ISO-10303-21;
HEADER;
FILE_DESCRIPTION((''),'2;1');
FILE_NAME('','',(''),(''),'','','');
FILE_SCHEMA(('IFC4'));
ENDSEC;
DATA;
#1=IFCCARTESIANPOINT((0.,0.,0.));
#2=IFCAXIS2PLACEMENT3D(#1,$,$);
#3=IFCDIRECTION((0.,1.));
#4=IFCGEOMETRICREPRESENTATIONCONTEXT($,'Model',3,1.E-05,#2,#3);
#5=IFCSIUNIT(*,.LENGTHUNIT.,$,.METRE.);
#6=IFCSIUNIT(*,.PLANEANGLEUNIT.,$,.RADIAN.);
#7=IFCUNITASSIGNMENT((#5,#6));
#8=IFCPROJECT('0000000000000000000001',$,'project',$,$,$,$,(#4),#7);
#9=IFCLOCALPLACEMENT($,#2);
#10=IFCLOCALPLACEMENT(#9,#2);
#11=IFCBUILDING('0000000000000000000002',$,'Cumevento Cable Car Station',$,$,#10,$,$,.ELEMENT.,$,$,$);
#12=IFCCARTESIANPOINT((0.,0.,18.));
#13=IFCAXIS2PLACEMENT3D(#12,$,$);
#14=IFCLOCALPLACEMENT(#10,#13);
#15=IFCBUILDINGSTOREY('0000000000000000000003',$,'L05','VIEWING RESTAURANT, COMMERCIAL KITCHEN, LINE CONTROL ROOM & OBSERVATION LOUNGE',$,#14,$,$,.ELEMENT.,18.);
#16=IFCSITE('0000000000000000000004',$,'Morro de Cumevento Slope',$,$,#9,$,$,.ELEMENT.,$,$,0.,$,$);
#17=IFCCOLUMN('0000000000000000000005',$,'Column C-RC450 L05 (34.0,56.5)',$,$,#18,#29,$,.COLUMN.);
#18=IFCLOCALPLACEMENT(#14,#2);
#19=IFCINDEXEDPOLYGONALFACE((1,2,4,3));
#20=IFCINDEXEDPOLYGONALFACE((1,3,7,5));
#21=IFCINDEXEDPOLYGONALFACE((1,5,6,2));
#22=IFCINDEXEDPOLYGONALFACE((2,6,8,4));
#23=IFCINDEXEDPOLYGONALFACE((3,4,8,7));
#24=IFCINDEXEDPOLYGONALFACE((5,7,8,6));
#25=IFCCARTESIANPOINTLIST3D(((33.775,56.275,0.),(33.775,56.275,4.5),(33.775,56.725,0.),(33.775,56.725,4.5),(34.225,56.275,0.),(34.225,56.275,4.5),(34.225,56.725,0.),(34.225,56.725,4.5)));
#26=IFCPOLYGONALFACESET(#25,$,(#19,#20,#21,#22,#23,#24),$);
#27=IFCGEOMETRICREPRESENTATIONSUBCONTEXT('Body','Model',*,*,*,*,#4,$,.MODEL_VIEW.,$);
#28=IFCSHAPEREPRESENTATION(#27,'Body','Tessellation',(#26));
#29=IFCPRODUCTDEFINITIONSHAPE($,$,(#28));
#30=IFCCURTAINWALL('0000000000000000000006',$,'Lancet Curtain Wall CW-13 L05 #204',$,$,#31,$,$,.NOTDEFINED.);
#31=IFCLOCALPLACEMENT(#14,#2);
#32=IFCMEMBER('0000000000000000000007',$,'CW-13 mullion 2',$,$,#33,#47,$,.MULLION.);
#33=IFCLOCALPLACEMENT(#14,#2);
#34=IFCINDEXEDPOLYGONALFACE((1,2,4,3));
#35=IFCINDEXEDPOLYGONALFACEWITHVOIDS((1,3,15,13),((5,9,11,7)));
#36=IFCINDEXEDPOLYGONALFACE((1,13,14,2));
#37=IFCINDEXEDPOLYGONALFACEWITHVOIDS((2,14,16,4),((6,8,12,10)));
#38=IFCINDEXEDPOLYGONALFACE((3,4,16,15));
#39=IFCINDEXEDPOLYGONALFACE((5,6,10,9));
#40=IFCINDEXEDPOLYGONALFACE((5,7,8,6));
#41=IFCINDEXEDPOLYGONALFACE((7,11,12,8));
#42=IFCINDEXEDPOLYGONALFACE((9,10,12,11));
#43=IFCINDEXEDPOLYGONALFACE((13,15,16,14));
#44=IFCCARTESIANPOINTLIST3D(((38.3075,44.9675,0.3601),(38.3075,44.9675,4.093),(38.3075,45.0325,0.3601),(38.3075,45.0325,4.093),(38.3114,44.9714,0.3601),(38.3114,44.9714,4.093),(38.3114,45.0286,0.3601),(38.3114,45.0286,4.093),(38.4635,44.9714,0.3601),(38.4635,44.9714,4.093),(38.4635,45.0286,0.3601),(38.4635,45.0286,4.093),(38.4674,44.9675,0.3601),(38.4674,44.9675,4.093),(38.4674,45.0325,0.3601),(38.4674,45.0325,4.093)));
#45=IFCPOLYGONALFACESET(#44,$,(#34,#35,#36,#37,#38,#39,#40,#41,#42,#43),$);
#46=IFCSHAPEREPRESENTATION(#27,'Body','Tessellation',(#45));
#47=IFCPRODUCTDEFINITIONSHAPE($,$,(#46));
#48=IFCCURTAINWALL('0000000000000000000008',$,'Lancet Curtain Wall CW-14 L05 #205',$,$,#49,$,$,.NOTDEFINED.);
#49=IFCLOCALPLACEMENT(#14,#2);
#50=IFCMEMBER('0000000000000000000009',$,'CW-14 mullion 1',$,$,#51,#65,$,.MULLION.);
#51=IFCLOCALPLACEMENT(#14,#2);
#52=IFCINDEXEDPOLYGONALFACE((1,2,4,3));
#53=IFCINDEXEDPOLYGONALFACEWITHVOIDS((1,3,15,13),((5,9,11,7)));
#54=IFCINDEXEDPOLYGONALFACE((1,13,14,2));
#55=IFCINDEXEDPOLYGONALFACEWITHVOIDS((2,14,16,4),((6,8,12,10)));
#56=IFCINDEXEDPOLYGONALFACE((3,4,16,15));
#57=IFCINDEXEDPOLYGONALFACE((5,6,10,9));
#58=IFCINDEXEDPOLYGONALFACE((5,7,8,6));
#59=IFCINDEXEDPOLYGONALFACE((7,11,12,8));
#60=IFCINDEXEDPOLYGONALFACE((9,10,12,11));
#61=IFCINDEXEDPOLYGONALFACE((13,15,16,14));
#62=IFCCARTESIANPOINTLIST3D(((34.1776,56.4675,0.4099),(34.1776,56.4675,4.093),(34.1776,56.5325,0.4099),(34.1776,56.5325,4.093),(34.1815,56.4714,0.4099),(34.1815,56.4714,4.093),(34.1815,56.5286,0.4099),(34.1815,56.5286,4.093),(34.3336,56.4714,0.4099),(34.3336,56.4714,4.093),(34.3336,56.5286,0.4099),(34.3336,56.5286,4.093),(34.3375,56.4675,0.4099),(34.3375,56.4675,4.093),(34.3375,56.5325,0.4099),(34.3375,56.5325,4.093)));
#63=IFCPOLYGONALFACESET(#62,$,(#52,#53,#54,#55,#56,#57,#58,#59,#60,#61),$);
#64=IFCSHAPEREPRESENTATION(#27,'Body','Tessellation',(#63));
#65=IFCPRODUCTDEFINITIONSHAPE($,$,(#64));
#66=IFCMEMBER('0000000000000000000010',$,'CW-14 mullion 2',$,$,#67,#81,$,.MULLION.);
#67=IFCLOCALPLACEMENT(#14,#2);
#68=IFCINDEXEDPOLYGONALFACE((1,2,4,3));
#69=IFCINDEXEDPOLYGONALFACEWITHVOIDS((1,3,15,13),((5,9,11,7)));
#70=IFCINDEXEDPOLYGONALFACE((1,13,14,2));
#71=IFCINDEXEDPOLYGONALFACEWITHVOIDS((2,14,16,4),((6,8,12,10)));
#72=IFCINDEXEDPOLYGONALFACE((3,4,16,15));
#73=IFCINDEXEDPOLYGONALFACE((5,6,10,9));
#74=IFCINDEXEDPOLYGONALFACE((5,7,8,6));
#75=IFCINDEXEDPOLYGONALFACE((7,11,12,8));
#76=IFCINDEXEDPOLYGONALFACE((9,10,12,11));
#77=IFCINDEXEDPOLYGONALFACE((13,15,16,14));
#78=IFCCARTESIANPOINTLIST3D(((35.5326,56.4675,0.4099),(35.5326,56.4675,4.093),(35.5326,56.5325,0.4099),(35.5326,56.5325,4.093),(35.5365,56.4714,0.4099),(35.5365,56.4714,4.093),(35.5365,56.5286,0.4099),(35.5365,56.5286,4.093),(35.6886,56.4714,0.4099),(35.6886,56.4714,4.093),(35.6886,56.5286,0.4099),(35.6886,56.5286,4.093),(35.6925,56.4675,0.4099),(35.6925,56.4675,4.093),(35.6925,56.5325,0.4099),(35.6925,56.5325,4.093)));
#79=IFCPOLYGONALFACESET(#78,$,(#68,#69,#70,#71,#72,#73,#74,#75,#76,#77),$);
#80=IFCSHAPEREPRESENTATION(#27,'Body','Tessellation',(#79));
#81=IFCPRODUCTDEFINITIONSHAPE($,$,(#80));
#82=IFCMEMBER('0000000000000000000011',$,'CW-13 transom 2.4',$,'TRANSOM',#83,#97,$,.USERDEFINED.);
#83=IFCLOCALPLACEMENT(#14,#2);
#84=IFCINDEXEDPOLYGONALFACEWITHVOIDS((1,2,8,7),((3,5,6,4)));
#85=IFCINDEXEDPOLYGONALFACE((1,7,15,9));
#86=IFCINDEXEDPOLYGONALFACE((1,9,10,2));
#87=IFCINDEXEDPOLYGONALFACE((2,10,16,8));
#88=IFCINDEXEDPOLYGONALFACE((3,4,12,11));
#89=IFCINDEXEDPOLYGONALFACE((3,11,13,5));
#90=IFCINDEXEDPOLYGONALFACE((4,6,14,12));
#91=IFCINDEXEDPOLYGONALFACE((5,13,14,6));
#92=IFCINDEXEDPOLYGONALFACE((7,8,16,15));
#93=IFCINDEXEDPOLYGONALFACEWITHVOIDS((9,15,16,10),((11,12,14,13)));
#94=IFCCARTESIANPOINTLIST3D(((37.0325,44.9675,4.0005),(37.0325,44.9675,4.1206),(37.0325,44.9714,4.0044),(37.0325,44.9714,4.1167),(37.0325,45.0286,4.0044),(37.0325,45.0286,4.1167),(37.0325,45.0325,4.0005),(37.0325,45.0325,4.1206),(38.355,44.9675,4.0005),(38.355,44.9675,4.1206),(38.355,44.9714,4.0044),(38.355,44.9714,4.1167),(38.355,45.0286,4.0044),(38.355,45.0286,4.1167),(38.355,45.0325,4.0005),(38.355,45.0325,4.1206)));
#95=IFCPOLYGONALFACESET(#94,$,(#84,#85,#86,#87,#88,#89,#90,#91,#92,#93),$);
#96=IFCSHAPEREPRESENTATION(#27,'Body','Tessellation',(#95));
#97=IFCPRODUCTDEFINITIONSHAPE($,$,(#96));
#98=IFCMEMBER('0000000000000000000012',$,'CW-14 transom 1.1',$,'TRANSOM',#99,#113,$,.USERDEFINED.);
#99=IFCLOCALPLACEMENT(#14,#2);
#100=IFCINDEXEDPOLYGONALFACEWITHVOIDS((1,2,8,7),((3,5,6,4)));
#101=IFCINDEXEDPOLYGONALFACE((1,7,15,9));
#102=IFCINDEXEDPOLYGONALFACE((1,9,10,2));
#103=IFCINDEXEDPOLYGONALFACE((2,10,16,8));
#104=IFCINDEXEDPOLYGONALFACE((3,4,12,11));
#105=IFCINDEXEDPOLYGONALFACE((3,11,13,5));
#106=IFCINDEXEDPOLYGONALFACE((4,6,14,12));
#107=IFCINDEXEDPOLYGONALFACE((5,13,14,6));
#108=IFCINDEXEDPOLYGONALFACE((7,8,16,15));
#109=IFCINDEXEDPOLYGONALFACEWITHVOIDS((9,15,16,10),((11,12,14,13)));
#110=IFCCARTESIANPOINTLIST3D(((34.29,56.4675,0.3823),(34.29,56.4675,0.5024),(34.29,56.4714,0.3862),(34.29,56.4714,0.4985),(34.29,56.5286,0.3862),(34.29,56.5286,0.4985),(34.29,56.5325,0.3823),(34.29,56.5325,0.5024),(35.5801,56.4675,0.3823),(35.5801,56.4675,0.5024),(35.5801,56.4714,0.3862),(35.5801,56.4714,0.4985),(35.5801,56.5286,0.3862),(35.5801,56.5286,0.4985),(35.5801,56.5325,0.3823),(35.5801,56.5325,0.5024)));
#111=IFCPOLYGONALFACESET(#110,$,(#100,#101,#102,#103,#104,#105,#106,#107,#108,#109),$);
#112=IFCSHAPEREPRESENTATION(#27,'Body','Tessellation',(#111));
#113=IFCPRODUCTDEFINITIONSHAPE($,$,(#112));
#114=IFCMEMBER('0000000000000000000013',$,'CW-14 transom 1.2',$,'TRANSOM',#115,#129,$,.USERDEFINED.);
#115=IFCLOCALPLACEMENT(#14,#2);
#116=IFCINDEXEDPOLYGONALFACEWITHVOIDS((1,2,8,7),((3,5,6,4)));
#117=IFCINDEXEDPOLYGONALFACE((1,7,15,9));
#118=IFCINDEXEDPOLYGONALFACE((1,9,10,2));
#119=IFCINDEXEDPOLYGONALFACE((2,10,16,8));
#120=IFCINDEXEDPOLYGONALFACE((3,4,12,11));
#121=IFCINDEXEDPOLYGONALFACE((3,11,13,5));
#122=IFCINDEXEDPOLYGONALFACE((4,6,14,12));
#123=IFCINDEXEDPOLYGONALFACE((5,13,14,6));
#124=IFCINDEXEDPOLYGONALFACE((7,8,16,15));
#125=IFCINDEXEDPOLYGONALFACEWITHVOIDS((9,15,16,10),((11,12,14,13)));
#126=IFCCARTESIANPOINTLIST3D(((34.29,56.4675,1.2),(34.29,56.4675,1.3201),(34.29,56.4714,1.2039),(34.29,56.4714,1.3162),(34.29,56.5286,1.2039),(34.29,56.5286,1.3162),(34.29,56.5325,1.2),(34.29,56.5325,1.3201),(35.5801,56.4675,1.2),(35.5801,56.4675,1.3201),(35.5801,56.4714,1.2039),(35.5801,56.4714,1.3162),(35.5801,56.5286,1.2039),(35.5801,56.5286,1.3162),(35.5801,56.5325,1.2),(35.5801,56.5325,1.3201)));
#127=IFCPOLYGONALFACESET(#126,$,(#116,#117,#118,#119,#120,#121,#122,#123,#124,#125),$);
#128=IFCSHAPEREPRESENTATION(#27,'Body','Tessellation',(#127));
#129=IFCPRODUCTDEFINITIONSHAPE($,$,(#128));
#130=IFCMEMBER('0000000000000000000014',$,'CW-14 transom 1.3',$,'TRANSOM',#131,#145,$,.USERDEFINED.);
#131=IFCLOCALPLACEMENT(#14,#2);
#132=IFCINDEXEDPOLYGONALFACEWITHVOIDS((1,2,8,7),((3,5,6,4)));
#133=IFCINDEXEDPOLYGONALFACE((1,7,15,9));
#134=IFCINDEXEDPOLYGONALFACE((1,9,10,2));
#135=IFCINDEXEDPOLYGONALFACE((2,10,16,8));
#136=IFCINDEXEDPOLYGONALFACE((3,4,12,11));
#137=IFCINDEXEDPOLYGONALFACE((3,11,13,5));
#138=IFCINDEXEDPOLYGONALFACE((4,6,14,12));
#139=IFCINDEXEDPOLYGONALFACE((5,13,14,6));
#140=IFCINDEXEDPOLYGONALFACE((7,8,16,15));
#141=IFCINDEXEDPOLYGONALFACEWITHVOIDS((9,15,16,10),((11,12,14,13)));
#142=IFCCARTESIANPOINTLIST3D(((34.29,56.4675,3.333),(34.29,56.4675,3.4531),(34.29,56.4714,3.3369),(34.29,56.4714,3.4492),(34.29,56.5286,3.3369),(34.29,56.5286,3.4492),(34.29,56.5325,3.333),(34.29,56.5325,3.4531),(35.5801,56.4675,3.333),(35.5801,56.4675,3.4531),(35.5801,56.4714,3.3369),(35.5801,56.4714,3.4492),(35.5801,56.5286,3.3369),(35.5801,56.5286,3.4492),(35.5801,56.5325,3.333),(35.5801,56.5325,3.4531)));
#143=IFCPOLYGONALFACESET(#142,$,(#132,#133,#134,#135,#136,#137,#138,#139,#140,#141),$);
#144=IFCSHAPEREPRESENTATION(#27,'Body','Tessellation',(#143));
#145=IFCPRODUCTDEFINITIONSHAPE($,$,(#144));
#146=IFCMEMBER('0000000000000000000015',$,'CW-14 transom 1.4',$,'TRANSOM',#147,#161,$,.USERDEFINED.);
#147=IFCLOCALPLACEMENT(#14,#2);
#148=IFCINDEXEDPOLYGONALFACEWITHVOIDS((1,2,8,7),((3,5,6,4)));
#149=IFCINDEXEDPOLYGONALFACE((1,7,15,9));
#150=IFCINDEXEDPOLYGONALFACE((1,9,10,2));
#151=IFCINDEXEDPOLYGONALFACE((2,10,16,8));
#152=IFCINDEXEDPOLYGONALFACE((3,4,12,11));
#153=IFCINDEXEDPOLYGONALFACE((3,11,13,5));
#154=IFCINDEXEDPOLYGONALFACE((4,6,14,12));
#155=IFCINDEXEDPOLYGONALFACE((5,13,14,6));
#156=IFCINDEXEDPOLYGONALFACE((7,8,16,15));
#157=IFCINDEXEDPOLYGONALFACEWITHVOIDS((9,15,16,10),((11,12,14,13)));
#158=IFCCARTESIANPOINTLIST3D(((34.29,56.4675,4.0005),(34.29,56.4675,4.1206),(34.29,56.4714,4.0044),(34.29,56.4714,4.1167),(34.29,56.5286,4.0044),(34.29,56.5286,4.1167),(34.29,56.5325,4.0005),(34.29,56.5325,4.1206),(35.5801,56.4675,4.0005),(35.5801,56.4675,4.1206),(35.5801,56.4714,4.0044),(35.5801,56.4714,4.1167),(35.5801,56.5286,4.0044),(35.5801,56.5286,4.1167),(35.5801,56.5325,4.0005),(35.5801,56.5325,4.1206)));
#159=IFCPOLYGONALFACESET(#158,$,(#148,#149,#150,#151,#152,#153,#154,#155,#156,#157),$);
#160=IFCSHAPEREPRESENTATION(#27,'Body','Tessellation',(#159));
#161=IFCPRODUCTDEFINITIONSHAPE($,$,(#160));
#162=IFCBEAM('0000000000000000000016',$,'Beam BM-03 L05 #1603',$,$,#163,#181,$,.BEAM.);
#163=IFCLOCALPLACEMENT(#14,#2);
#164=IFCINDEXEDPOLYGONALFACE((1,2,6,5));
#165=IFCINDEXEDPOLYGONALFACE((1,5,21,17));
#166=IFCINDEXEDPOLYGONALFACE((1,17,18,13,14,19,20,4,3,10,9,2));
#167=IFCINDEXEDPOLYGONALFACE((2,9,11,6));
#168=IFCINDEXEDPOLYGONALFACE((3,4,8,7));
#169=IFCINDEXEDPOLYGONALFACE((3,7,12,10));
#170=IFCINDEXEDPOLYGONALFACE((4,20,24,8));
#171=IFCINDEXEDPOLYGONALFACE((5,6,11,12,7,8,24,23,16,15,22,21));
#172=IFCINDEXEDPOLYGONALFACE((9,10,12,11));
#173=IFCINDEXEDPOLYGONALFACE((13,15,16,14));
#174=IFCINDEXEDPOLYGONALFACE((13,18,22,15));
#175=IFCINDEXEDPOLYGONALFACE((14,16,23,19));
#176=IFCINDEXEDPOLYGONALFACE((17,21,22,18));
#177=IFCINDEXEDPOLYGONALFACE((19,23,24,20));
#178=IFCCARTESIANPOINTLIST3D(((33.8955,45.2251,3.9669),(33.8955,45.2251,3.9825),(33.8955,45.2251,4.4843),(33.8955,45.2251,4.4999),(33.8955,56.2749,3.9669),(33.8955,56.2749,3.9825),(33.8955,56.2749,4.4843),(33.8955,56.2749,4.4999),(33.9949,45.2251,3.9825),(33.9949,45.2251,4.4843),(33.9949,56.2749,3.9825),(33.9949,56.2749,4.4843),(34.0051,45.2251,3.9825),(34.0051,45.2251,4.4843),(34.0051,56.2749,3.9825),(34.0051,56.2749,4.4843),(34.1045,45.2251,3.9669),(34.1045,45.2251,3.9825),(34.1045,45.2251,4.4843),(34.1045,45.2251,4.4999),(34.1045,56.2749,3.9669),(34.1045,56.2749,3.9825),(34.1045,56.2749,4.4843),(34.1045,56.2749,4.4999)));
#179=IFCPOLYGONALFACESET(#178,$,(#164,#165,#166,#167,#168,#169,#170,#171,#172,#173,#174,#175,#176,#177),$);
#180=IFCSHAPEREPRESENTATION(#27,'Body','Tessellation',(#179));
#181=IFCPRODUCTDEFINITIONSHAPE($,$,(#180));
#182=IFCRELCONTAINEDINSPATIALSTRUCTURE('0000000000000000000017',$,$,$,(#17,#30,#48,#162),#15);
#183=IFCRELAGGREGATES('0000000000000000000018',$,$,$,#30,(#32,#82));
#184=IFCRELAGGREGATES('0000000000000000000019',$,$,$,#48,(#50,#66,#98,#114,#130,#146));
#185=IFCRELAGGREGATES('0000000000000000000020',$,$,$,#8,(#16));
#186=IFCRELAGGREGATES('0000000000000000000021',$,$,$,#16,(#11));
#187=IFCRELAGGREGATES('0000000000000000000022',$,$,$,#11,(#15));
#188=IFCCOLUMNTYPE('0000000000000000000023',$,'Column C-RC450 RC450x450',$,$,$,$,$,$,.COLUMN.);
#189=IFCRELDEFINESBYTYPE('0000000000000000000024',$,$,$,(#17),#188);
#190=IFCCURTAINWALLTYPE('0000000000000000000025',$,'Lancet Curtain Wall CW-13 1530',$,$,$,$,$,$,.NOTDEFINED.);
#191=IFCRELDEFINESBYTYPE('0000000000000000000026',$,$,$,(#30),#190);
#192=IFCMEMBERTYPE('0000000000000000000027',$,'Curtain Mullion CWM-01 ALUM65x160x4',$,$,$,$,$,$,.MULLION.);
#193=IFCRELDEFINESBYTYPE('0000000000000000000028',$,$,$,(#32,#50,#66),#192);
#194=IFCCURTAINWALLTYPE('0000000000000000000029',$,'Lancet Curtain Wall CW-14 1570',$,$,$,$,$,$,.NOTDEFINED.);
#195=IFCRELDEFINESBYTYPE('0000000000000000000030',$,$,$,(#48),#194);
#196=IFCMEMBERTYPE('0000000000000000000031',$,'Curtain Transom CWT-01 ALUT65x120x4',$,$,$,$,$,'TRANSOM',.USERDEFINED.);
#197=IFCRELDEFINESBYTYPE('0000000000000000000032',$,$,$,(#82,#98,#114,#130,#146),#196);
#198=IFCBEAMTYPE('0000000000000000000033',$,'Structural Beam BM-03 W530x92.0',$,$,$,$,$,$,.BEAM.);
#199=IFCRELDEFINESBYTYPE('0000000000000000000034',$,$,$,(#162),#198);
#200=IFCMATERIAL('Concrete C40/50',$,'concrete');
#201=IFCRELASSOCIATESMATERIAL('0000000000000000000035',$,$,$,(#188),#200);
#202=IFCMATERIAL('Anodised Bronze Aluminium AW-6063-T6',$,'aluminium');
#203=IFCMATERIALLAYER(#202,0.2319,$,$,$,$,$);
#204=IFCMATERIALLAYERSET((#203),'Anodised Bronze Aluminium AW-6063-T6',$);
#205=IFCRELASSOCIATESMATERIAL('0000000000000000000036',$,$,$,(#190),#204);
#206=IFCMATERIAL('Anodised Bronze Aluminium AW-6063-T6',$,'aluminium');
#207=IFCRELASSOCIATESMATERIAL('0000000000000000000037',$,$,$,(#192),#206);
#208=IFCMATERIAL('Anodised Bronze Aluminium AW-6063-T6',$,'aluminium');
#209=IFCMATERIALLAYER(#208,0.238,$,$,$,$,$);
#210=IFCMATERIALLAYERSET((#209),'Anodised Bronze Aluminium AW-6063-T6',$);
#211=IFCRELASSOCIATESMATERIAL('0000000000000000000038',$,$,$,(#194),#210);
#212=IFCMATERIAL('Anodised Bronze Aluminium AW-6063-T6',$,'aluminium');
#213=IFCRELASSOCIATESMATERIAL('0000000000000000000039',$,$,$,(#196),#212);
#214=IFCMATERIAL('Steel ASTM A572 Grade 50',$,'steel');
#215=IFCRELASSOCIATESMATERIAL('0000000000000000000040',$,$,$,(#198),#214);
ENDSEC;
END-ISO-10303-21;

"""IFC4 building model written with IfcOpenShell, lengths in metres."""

from ifc_helpers import new_model, si_unit, direction, frame, origin, origin_2d, place, context, subcontext, project, spatial, rectangle, hollow_rectangle, i_section, extrude, material, layer, layer_set, material_profile, profile_set, type_object, element, aggregate, save


model = new_model("IFC4")

# Units and contexts
model_context = context("Model", 3, precision=1e-05, world=origin(), true_north=direction((0.0, 1.0)))
body_context = subcontext(model_context, "Body", "Model", "MODEL_VIEW")
ifc_project = project(units=[si_unit("LENGTHUNIT", "METRE"), si_unit("PLANEANGLEUNIT", "RADIAN")], contexts=[model_context])

# Site, building, storey
site_placement = place(None, origin())
site = spatial("IfcSite", under=ifc_project, at=site_placement, Name="Morro de Cumevento Slope", CompositionType="ELEMENT", RefElevation=0.0)
building_placement = place(site_placement, origin())
building = spatial("IfcBuilding", under=site, at=building_placement, Name="Cumevento Cable Car Station", CompositionType="ELEMENT")
storey_placement = place(building_placement, frame((0.0, 0.0, 18.0)))
storey = spatial("IfcBuildingStorey", under=building, at=storey_placement, Name="L05", Description="VIEWING RESTAURANT, COMMERCIAL KITCHEN, LINE CONTROL ROOM & OBSERVATION LOUNGE", CompositionType="ELEMENT", Elevation=18.0)

# Column
ifc_material_1 = material(Name="Concrete C40/50", Category="concrete")
ifc_material_profile_1 = material_profile(ifc_material_1, rectangle(XDim=0.45, YDim=0.45, at=origin_2d()), Name="RC450x450")
ifc_profile_set_1 = profile_set([ifc_material_profile_1], Name="Concrete C40/50")
column_type = type_object("IfcColumnType", Name="Column C-RC450 RC450x450", PredefinedType="COLUMN", material=ifc_profile_set_1)
column_placement = place(storey_placement, frame((34.0, 56.5, 0.0), z_axis=(0.0, 0.0, 1.0), x_axis=(1.0, 0.0, 0.0)))
element("IfcColumn", 1, at=column_placement, inside=storey, type_object=column_type, Name="Column C-RC450 L05 (34.0,56.5)", PredefinedType="COLUMN", context=body_context, shape_type="SweptSolid", body=[
    extrude(rectangle(XDim=0.45, YDim=0.45, at=origin_2d()), origin(), (0.0, 0.0, 1.0), 4.5),
])

# Curtain wall, member
ifc_material_2 = material(Name="Anodised Bronze Aluminium AW-6063-T6", Category="aluminium")
ifc_layer_1 = layer(ifc_material_2, 0.2319)
ifc_layer_set_1 = layer_set([ifc_layer_1], Name="Anodised Bronze Aluminium AW-6063-T6")
curtain_wall_type_1 = type_object("IfcCurtainWallType", Name="Lancet Curtain Wall CW-13 1530", PredefinedType="NOTDEFINED", material=ifc_layer_set_1)
curtain_wall_1_placement = place(storey_placement, origin())
curtain_wall_1 = element("IfcCurtainWall", 2, at=curtain_wall_1_placement, inside=storey, type_object=curtain_wall_type_1, Name="Lancet Curtain Wall CW-13 L05 #204", PredefinedType="NOTDEFINED")
ifc_material_3 = material(Name="Anodised Bronze Aluminium AW-6063-T6", Category="aluminium")
ifc_material_profile_2 = material_profile(ifc_material_3, hollow_rectangle(XDim=0.0649, YDim=0.1599, WallThickness=0.0039, at=origin_2d()), Name="ALUM65x160x4")
ifc_profile_set_2 = profile_set([ifc_material_profile_2], Name="Anodised Bronze Aluminium AW-6063-T6")
member_type_1 = type_object("IfcMemberType", Name="Curtain Mullion CWM-01 ALUM65x160x4", PredefinedType="MULLION", material=ifc_profile_set_2)
member_1_placement = place(storey_placement, frame((38.3875, 45.0, 0.3601), z_axis=(0.0, 0.0, 1.0), x_axis=(0.0, -1.0, 0.0)))
member_1 = element("IfcMember", 3, at=member_1_placement, type_object=member_type_1, Name="CW-13 mullion 2", PredefinedType="MULLION", context=body_context, shape_type="SweptSolid", body=[
    extrude(hollow_rectangle(XDim=0.0649, YDim=0.1599, WallThickness=0.0039, at=origin_2d()), origin(), (0.0, 0.0, 1.0), 3.7329),
])

# Curtain wall, members
ifc_material_4 = material(Name="Anodised Bronze Aluminium AW-6063-T6", Category="aluminium")
ifc_layer_2 = layer(ifc_material_4, 0.238)
ifc_layer_set_2 = layer_set([ifc_layer_2], Name="Anodised Bronze Aluminium AW-6063-T6")
curtain_wall_type_2 = type_object("IfcCurtainWallType", Name="Lancet Curtain Wall CW-14 1570", PredefinedType="NOTDEFINED", material=ifc_layer_set_2)
curtain_wall_2_placement = place(storey_placement, origin())
curtain_wall_2 = element("IfcCurtainWall", 4, at=curtain_wall_2_placement, inside=storey, type_object=curtain_wall_type_2, Name="Lancet Curtain Wall CW-14 L05 #205", PredefinedType="NOTDEFINED")
member_2_placement = place(storey_placement, frame((34.2576, 56.5, 0.4099), z_axis=(0.0, 0.0, 1.0), x_axis=(0.0, 1.0, 0.0)))
member_2 = element("IfcMember", 5, at=member_2_placement, type_object=member_type_1, Name="CW-14 mullion 1", PredefinedType="MULLION", context=body_context, shape_type="SweptSolid", body=[
    extrude(hollow_rectangle(XDim=0.0649, YDim=0.1599, WallThickness=0.0039, at=origin_2d()), origin(), (0.0, 0.0, 1.0), 3.6831),
])
member_3_placement = place(storey_placement, frame((35.6125, 56.5, 0.4099), z_axis=(0.0, 0.0, 1.0), x_axis=(0.0, 1.0, 0.0)))
member_3 = element("IfcMember", 6, at=member_3_placement, type_object=member_type_1, Name="CW-14 mullion 2", PredefinedType="MULLION", context=body_context, shape_type="SweptSolid", body=[
    extrude(hollow_rectangle(XDim=0.0649, YDim=0.1599, WallThickness=0.0039, at=origin_2d()), origin(), (0.0, 0.0, 1.0), 3.6831),
])

# Members
ifc_material_5 = material(Name="Anodised Bronze Aluminium AW-6063-T6", Category="aluminium")
ifc_material_profile_3 = material_profile(ifc_material_5, hollow_rectangle(XDim=0.0649, YDim=0.1201, WallThickness=0.0039, at=origin_2d()), Name="ALUT65x120x4")
ifc_profile_set_3 = profile_set([ifc_material_profile_3], Name="Anodised Bronze Aluminium AW-6063-T6")
member_type_2 = type_object("IfcMemberType", Name="Curtain Transom CWT-01 ALUT65x120x4", ElementType="TRANSOM", PredefinedType="USERDEFINED", material=ifc_profile_set_3)
member_4_placement = place(storey_placement, frame((38.355, 45.0, 4.0605), z_axis=(-1.0, 0.0, 0.0), x_axis=(0.0, -1.0, 0.0)))
member_4 = element("IfcMember", 7, at=member_4_placement, type_object=member_type_2, Name="CW-13 transom 2.4", ObjectType="TRANSOM", PredefinedType="USERDEFINED", context=body_context, shape_type="SweptSolid", body=[
    extrude(hollow_rectangle(XDim=0.0649, YDim=0.1201, WallThickness=0.0039, at=origin_2d()), origin(), (0.0, 0.0, 1.0), 1.3225),
])
member_5_placement = place(storey_placement, frame((34.29, 56.5, 0.4424), z_axis=(1.0, 0.0, 0.0), x_axis=(0.0, 1.0, 0.0)))
member_5 = element("IfcMember", 8, at=member_5_placement, type_object=member_type_2, Name="CW-14 transom 1.1", ObjectType="TRANSOM", PredefinedType="USERDEFINED", context=body_context, shape_type="SweptSolid", body=[
    extrude(hollow_rectangle(XDim=0.0649, YDim=0.1201, WallThickness=0.0039, at=origin_2d()), origin(), (0.0, 0.0, 1.0), 1.29),
])
member_6_placement = place(storey_placement, frame((34.29, 56.5, 1.26), z_axis=(1.0, 0.0, 0.0), x_axis=(0.0, 1.0, 0.0)))
member_6 = element("IfcMember", 9, at=member_6_placement, type_object=member_type_2, Name="CW-14 transom 1.2", ObjectType="TRANSOM", PredefinedType="USERDEFINED", context=body_context, shape_type="SweptSolid", body=[
    extrude(hollow_rectangle(XDim=0.0649, YDim=0.1201, WallThickness=0.0039, at=origin_2d()), origin(), (0.0, 0.0, 1.0), 1.29),
])
member_7_placement = place(storey_placement, frame((34.29, 56.5, 3.3931), z_axis=(1.0, 0.0, 0.0), x_axis=(0.0, 1.0, 0.0)))
member_7 = element("IfcMember", 10, at=member_7_placement, type_object=member_type_2, Name="CW-14 transom 1.3", ObjectType="TRANSOM", PredefinedType="USERDEFINED", context=body_context, shape_type="SweptSolid", body=[
    extrude(hollow_rectangle(XDim=0.0649, YDim=0.1201, WallThickness=0.0039, at=origin_2d()), origin(), (0.0, 0.0, 1.0), 1.29),
])
member_8_placement = place(storey_placement, frame((34.29, 56.5, 4.0605), z_axis=(1.0, 0.0, 0.0), x_axis=(0.0, 1.0, 0.0)))
member_8 = element("IfcMember", 11, at=member_8_placement, type_object=member_type_2, Name="CW-14 transom 1.4", ObjectType="TRANSOM", PredefinedType="USERDEFINED", context=body_context, shape_type="SweptSolid", body=[
    extrude(hollow_rectangle(XDim=0.0649, YDim=0.1201, WallThickness=0.0039, at=origin_2d()), origin(), (0.0, 0.0, 1.0), 1.29),
])

# Beam
ifc_material_6 = material(Name="Steel ASTM A572 Grade 50", Category="steel")
ifc_material_profile_4 = material_profile(ifc_material_6, i_section(OverallWidth=0.209, OverallDepth=0.533, WebThickness=0.0103, FlangeThickness=0.0156, at=origin_2d()), Name="W530x92.0")
ifc_profile_set_4 = profile_set([ifc_material_profile_4], Name="Steel ASTM A572 Grade 50")
beam_type_1 = type_object("IfcBeamType", Name="Structural Beam BM-03 W530x92.0", PredefinedType="BEAM", material=ifc_profile_set_4)
beam_1_placement = place(storey_placement, frame((34.0, 45.2251, 4.2334), z_axis=(0.0, 1.0, 0.0), x_axis=(-1.0, 0.0, 0.0)))
element("IfcBeam", 12, at=beam_1_placement, inside=storey, type_object=beam_type_1, Name="Beam BM-03 L05 #1603", PredefinedType="BEAM", context=body_context, shape_type="SweptSolid", body=[
    extrude(i_section(OverallWidth=0.209, OverallDepth=0.533, WebThickness=0.0103, FlangeThickness=0.0156, at=origin_2d()), origin(), (0.0, 0.0, 1.0), 11.0498),
])

aggregate(curtain_wall_1, [member_1, member_4])
aggregate(curtain_wall_2, [member_2, member_3, member_5, member_6, member_7, member_8])

save(model, "model.ifc")
